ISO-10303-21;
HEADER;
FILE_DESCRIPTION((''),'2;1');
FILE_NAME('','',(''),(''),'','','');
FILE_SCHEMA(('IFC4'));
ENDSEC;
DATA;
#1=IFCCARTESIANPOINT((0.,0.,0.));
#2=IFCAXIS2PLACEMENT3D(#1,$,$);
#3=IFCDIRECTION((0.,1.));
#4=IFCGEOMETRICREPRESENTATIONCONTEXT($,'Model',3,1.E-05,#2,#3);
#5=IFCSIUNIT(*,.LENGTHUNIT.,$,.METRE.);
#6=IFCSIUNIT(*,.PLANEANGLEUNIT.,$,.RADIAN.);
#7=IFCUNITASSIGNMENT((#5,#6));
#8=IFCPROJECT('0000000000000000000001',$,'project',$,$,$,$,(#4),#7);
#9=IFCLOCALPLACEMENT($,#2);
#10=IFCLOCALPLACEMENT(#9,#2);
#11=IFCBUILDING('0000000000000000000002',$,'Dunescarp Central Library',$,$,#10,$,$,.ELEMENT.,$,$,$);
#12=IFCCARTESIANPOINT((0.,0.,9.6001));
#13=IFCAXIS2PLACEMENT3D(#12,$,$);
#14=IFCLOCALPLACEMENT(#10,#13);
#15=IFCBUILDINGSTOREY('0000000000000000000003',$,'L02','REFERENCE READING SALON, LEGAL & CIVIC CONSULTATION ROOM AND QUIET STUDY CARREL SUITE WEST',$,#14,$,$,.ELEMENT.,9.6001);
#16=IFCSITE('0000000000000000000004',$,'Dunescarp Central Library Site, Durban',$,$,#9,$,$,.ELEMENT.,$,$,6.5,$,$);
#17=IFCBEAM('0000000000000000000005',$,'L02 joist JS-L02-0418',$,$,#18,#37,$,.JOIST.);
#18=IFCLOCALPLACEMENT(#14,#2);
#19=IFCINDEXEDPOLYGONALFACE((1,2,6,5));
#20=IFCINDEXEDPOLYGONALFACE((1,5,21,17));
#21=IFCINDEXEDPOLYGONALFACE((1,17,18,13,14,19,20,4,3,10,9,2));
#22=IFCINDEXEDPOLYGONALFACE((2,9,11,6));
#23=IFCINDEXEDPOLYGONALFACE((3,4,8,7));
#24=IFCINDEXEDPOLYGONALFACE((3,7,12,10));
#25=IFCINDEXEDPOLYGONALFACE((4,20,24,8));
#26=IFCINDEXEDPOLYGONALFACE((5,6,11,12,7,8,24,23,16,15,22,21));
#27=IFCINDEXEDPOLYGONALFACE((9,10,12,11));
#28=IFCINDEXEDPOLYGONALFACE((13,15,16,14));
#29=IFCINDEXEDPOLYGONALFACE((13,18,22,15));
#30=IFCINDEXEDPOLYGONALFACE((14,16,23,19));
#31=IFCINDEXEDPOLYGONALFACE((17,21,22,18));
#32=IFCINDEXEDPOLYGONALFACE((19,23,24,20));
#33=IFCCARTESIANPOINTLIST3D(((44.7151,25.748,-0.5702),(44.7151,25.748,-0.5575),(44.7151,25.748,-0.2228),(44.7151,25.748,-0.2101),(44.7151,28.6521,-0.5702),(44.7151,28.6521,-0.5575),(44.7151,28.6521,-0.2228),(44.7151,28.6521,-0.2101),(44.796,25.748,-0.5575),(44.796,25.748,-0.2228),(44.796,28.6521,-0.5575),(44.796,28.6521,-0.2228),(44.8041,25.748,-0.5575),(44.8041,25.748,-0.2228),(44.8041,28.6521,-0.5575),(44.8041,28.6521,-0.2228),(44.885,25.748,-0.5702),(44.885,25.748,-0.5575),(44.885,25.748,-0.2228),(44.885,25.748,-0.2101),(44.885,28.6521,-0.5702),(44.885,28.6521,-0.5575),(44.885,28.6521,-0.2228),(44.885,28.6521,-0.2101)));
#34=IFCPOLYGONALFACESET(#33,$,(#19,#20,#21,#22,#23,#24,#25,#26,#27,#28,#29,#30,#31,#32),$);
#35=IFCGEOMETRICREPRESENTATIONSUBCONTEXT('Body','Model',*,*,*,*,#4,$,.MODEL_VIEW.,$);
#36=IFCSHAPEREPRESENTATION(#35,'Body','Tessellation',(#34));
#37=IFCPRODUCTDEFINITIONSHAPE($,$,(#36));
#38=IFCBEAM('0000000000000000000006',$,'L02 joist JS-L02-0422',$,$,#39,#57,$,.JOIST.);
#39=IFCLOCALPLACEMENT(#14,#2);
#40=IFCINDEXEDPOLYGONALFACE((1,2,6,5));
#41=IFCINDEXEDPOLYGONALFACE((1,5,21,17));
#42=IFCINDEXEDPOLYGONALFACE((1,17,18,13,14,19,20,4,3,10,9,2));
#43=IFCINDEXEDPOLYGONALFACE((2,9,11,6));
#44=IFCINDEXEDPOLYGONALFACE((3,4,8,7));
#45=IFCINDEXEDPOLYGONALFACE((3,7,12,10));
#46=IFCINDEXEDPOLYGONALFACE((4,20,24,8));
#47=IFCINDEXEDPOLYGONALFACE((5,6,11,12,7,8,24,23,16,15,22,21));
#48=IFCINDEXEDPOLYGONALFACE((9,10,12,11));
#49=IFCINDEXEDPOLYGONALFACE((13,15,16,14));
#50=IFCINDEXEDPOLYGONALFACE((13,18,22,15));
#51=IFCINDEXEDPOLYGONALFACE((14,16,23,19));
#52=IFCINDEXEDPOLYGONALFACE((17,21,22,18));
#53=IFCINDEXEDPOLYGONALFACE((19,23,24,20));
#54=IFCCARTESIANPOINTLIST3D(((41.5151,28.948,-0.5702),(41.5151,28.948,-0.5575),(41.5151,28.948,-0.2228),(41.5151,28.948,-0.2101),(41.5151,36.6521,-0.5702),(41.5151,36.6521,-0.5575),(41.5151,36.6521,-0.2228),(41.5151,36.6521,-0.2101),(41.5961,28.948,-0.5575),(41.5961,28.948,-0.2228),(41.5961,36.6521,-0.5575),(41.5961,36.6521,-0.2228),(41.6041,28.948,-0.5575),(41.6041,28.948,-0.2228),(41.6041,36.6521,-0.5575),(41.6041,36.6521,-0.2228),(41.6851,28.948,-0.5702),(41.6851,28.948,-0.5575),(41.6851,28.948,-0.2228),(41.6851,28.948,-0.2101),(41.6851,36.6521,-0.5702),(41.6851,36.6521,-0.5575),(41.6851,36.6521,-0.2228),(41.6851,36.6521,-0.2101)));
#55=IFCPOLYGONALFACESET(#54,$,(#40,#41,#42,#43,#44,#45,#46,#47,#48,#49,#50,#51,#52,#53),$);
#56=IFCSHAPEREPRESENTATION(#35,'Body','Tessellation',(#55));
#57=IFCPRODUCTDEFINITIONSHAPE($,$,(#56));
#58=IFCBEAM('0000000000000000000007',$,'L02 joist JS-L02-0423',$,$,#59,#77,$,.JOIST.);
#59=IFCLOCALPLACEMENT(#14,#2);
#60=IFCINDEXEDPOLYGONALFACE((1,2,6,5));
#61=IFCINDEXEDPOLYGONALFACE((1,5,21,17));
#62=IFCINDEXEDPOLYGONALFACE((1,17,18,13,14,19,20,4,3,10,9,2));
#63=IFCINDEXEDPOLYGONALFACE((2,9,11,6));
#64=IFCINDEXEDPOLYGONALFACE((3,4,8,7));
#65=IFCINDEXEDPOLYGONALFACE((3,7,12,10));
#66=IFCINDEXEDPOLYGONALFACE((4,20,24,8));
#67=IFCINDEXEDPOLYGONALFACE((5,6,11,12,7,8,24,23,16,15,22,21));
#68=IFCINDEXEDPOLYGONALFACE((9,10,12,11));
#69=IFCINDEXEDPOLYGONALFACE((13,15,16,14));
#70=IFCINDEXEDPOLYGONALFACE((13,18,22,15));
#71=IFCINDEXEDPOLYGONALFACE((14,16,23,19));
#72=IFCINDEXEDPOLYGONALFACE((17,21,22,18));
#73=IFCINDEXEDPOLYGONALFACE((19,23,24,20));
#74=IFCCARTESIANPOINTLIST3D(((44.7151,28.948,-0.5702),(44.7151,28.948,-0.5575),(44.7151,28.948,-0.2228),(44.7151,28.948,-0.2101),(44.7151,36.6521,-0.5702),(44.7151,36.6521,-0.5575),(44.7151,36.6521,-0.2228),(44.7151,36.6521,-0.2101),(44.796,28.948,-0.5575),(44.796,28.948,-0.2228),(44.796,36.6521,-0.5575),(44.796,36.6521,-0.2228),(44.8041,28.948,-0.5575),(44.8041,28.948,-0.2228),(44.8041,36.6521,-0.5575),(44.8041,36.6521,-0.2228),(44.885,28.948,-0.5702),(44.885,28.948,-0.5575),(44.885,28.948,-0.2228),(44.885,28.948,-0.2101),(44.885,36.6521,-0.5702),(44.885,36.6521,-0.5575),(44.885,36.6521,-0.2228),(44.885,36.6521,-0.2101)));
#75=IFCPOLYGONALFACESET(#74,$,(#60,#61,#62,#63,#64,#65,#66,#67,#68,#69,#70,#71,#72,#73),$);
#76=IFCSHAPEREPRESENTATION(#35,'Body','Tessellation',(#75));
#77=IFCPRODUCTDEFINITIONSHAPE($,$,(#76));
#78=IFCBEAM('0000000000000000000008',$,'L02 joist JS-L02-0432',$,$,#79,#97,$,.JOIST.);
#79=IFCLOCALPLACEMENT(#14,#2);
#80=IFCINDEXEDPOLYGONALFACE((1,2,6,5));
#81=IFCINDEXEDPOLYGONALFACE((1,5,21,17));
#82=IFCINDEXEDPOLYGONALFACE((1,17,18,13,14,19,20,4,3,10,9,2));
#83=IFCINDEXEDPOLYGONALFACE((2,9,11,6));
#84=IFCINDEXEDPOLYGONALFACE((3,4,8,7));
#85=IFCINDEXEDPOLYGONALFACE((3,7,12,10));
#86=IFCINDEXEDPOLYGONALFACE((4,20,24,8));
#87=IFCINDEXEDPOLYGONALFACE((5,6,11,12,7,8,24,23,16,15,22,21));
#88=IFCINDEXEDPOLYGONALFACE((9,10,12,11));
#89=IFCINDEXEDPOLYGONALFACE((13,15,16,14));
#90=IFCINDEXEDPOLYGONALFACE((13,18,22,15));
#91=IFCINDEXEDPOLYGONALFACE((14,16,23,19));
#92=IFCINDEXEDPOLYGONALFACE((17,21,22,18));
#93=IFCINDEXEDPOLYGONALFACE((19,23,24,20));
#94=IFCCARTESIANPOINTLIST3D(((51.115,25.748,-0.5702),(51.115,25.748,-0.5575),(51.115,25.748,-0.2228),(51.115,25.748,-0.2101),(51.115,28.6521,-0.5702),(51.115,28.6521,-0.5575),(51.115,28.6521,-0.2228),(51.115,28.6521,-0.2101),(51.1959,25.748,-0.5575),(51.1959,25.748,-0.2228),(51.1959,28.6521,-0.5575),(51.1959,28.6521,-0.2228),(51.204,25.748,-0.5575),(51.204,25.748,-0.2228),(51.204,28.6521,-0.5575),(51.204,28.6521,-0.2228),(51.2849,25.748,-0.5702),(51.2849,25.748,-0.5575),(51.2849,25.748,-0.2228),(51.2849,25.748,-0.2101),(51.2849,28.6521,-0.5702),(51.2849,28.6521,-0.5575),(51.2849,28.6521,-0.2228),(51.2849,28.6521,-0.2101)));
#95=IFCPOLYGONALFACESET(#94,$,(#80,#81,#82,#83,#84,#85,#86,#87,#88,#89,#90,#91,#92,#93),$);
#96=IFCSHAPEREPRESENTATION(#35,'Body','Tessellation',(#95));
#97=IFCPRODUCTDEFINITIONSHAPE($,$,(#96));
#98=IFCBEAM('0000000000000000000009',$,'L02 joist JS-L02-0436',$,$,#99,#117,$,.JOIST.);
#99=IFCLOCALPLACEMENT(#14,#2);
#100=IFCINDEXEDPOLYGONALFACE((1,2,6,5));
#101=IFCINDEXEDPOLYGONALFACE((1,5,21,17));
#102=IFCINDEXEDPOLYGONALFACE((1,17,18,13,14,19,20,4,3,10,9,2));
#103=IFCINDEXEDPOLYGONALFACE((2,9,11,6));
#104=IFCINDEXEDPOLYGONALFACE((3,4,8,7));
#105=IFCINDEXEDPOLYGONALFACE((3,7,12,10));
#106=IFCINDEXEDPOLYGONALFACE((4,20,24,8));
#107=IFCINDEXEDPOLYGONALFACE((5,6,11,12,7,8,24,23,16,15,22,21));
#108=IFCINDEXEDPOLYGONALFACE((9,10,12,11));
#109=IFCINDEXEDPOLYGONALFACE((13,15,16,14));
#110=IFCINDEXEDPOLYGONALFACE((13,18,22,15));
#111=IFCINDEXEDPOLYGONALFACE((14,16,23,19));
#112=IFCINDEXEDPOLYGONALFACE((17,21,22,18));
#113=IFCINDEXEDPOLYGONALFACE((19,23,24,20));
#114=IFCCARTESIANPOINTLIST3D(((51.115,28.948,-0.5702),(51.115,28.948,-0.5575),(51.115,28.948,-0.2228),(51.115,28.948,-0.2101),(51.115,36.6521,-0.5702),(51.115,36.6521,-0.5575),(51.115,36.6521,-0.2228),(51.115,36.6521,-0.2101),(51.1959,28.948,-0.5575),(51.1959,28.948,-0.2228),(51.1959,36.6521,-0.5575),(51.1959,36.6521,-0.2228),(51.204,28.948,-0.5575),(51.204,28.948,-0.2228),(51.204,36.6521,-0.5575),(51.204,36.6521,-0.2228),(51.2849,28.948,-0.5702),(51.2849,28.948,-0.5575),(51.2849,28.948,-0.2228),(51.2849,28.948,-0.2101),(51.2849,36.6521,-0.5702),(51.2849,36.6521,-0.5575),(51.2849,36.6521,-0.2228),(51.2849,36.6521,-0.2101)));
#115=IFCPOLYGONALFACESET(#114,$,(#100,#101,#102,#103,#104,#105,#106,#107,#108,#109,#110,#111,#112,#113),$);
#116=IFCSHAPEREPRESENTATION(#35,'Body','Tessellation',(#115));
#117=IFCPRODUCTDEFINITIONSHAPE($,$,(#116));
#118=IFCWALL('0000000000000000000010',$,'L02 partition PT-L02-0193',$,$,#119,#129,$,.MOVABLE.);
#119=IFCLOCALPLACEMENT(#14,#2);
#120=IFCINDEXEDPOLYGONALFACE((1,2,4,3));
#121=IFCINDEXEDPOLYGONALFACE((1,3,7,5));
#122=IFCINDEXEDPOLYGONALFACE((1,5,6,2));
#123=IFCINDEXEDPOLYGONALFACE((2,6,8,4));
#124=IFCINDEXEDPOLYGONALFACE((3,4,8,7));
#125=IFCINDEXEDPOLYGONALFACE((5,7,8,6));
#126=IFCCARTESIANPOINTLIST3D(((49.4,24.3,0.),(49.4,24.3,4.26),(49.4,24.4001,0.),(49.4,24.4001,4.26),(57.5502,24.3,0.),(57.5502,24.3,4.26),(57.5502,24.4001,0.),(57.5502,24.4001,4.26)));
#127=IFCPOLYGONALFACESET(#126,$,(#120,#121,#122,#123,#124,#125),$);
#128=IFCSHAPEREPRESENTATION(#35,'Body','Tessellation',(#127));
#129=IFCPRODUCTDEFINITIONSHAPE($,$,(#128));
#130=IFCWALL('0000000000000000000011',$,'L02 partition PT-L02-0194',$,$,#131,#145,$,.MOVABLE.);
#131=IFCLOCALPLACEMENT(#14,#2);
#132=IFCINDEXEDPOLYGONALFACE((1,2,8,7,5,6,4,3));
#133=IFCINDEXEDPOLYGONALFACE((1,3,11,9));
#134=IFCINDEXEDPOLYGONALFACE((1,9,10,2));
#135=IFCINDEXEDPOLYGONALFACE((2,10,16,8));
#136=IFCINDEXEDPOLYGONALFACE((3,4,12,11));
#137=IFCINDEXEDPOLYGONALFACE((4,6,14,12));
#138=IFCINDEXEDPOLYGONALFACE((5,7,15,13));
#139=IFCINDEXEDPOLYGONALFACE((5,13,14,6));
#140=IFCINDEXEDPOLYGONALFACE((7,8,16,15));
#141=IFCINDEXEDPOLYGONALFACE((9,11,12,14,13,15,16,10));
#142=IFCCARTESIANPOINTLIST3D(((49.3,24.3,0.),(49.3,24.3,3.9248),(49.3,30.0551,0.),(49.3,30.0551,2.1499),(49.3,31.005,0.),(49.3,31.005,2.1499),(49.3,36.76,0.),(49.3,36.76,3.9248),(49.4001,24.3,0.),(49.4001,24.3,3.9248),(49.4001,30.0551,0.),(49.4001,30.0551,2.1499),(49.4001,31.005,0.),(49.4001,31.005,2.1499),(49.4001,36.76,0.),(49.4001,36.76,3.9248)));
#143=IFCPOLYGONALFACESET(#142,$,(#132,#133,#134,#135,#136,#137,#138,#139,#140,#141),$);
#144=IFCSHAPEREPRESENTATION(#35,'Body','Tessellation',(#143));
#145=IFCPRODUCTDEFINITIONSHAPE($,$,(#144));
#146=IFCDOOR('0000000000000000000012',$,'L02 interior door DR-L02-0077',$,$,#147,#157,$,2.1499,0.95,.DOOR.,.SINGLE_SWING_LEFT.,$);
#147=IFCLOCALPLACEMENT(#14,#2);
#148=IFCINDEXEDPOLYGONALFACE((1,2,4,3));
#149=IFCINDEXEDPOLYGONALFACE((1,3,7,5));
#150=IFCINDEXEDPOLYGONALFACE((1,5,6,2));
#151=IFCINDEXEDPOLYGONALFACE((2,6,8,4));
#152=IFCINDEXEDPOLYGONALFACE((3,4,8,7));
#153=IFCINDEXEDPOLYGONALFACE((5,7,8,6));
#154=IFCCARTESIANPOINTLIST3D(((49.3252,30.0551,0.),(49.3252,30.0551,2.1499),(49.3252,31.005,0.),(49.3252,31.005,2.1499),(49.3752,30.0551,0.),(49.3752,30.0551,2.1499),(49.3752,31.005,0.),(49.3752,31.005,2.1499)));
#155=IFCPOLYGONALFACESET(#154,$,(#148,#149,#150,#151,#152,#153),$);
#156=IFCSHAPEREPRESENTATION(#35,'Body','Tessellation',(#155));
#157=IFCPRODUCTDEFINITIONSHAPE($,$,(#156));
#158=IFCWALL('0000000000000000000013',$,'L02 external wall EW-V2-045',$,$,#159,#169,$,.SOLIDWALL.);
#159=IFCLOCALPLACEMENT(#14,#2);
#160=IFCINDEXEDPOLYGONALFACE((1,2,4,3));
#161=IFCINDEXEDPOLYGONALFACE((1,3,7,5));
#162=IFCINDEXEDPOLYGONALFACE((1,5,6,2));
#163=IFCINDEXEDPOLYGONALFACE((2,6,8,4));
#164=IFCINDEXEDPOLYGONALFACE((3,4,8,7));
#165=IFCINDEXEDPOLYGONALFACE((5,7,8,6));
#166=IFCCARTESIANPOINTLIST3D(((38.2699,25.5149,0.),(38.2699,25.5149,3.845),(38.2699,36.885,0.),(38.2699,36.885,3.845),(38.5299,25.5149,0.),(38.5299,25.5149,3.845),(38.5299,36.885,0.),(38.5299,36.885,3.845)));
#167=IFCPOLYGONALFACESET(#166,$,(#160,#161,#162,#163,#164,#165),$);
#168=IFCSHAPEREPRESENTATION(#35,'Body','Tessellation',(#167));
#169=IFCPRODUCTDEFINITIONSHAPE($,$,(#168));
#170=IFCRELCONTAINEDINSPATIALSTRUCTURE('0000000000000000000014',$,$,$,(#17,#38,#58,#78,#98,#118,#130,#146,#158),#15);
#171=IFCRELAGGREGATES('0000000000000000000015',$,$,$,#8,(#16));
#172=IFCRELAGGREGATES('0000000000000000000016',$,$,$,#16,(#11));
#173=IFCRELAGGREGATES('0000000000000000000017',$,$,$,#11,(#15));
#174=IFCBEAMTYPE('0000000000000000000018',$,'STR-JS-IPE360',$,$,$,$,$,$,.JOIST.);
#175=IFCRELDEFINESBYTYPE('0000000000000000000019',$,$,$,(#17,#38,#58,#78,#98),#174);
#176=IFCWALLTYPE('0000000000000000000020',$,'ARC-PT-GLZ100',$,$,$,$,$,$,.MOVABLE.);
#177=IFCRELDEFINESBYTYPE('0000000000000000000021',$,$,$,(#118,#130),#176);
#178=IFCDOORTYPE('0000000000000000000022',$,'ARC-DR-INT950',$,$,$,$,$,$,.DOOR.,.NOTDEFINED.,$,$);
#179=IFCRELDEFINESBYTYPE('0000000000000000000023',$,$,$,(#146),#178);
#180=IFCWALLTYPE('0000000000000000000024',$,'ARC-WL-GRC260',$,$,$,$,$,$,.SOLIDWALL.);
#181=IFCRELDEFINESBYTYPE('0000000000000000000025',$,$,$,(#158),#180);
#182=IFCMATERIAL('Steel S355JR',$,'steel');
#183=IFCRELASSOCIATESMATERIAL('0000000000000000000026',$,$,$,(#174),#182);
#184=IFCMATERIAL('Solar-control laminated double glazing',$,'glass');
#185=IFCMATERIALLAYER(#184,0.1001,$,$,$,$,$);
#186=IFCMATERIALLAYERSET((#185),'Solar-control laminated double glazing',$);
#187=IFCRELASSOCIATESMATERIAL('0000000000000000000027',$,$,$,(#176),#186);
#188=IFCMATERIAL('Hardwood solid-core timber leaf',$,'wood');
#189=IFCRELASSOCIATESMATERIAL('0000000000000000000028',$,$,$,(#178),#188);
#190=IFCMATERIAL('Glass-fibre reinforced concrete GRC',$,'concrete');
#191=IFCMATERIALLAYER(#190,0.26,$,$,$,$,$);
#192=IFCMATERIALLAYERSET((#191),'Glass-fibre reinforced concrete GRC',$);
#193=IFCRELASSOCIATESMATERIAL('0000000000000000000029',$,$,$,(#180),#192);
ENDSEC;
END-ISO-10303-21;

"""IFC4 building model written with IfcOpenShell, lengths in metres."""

from ifc_helpers import new_model, si_unit, direction, frame, frame_2d, origin, origin_2d, place, context, subcontext, project, spatial, rectangle, i_section, extrude, material, layer, layer_set, material_profile, profile_set, type_object, element, fill, save


model = new_model("IFC4")

# Units and contexts
model_context = context("Model", 3, precision=1e-05, world=origin(), true_north=direction((0.0, 1.0)))
body_context = subcontext(model_context, "Body", "Model", "MODEL_VIEW")
ifc_project = project(units=[si_unit("LENGTHUNIT", "METRE"), si_unit("PLANEANGLEUNIT", "RADIAN")], contexts=[model_context])

# Site, building, storey
site_placement = place(None, origin())
site = spatial("IfcSite", under=ifc_project, at=site_placement, Name="Dunescarp Central Library Site, Durban", CompositionType="ELEMENT", RefElevation=6.5)
building_placement = place(site_placement, origin())
building = spatial("IfcBuilding", under=site, at=building_placement, Name="Dunescarp Central Library", CompositionType="ELEMENT")
storey_placement = place(building_placement, frame((0.0, 0.0, 9.6001)))
storey = spatial("IfcBuildingStorey", under=building, at=storey_placement, Name="L02", Description="REFERENCE READING SALON, LEGAL & CIVIC CONSULTATION ROOM AND QUIET STUDY CARREL SUITE WEST", CompositionType="ELEMENT", Elevation=9.6001)

# Shared definitions
ifc_material_1 = material(Name="Steel S355JR", Category="steel")

# Beams
ifc_material_profile_1 = material_profile(ifc_material_1, i_section(OverallWidth=0.1699, OverallDepth=0.3601, WebThickness=0.0081, FlangeThickness=0.0127, at=origin_2d()), Name="IPE 360")
ifc_profile_set_1 = profile_set([ifc_material_profile_1], Name="Steel S355JR")
beam_type_1 = type_object("IfcBeamType", Name="STR-JS-IPE360", PredefinedType="JOIST", material=ifc_profile_set_1)
for number, where, z_axis, x_axis, name in (
    (1, (44.8, 25.748, -0.3901), (0.0, 1.0, 0.0), (-1.0, 0.0, 0.0), "L02 joist JS-L02-0418"),
):
    element("IfcBeam", number, at=place(storey_placement, frame(where, z_axis=z_axis, x_axis=x_axis)), inside=storey, type_object=beam_type_1, Name=name, PredefinedType="JOIST", context=body_context, shape_type="SweptSolid", body=[
        extrude(i_section(OverallWidth=0.1699, OverallDepth=0.3601, WebThickness=0.0081, FlangeThickness=0.0127, at=origin_2d()), origin(), (0.0, 0.0, 1.0), 2.9041),
    ])
for number, where, z_axis, x_axis, name in (
    (2, (41.6001, 28.948, -0.3901), (0.0, 1.0, 0.0), (-1.0, 0.0, 0.0), "L02 joist JS-L02-0422"),
    (3, (44.8, 28.948, -0.3901), (0.0, 1.0, 0.0), (-1.0, 0.0, 0.0), "L02 joist JS-L02-0423"),
):
    element("IfcBeam", number, at=place(storey_placement, frame(where, z_axis=z_axis, x_axis=x_axis)), inside=storey, type_object=beam_type_1, Name=name, PredefinedType="JOIST", context=body_context, shape_type="SweptSolid", body=[
        extrude(i_section(OverallWidth=0.1699, OverallDepth=0.3601, WebThickness=0.0081, FlangeThickness=0.0127, at=origin_2d()), origin(), (0.0, 0.0, 1.0), 7.7041),
    ])
beam_1_placement = place(storey_placement, frame((51.2, 25.748, -0.3901), z_axis=(0.0, 1.0, 0.0), x_axis=(-1.0, 0.0, 0.0)))
element("IfcBeam", 4, at=beam_1_placement, inside=storey, type_object=beam_type_1, Name="L02 joist JS-L02-0432", PredefinedType="JOIST", context=body_context, shape_type="SweptSolid", body=[
    extrude(i_section(OverallWidth=0.1699, OverallDepth=0.3601, WebThickness=0.0081, FlangeThickness=0.0127, at=origin_2d()), origin(), (0.0, 0.0, 1.0), 2.9041),
])
beam_2_placement = place(storey_placement, frame((51.2, 28.948, -0.3901), z_axis=(0.0, 1.0, 0.0), x_axis=(-1.0, 0.0, 0.0)))
element("IfcBeam", 5, at=beam_2_placement, inside=storey, type_object=beam_type_1, Name="L02 joist JS-L02-0436", PredefinedType="JOIST", context=body_context, shape_type="SweptSolid", body=[
    extrude(i_section(OverallWidth=0.1699, OverallDepth=0.3601, WebThickness=0.0081, FlangeThickness=0.0127, at=origin_2d()), origin(), (0.0, 0.0, 1.0), 7.7041),
])

# Wall
ifc_material_2 = material(Name="Solar-control laminated double glazing", Category="glass")
ifc_layer_1 = layer(ifc_material_2, 0.1001)
ifc_layer_set_1 = layer_set([ifc_layer_1], Name="Solar-control laminated double glazing")
wall_type_1 = type_object("IfcWallType", Name="ARC-PT-GLZ100", PredefinedType="MOVABLE", material=ifc_layer_set_1)
wall_1_placement = place(storey_placement, frame((49.3999, 24.3501, 0.0), z_axis=(0.0, 0.0, 1.0), x_axis=(1.0, 0.0, 0.0)))
element("IfcWall", 6, at=wall_1_placement, inside=storey, type_object=wall_type_1, Name="L02 partition PT-L02-0193", PredefinedType="MOVABLE", context=body_context, shape_type="SweptSolid", body=[
    extrude(rectangle(XDim=8.1501, YDim=0.1001, at=frame_2d((4.0752, 0.0))), origin(), (0.0, 0.0, 1.0), 4.26),
])

# Wall, opening, door
wall_2_placement = place(storey_placement, frame((49.3501, 24.3, 0.0), z_axis=(0.0, 0.0, 1.0), x_axis=(0.0, 1.0, 0.0)))
wall_2 = element("IfcWall", 7, at=wall_2_placement, inside=storey, type_object=wall_type_1, Name="L02 partition PT-L02-0194", PredefinedType="MOVABLE", context=body_context, shape_type="SweptSolid", body=[
    extrude(rectangle(XDim=12.46, YDim=0.1001, at=frame_2d((6.23, 0.0))), origin(), (0.0, 0.0, 1.0), 3.9248),
])
opening_placement = place(wall_2_placement, frame((5.7549, 0.0, 0.0)))
opening = element("IfcOpeningElement", 8, at=opening_placement, cuts=wall_2, PredefinedType="OPENING", context=body_context, shape_type="SweptSolid", body=[
    extrude(rectangle(XDim=0.95, YDim=2.1499, at=frame_2d((0.4751, 1.075))), frame((0.0, 0.0601, 0.0), z_axis=(0.0, -1.0, 0.0), x_axis=(1.0, 0.0, 0.0)), (0.0, 0.0, 1.0), 0.1201),
])
ifc_material_3 = material(Name="Hardwood solid-core timber leaf", Category="wood")
door_type = type_object("IfcDoorType", Name="ARC-DR-INT950", OperationType="NOTDEFINED", PredefinedType="DOOR", material=ifc_material_3)
door_placement = place(opening_placement, origin())
door = element("IfcDoor", 9, at=door_placement, inside=storey, type_object=door_type, Name="L02 interior door DR-L02-0077", OperationType="SINGLE_SWING_LEFT", OverallHeight=2.1499, OverallWidth=0.95, PredefinedType="DOOR", context=body_context, shape_type="SweptSolid", body=[
    extrude(rectangle(XDim=0.95, YDim=2.1499, at=frame_2d((0.4751, 1.075))), frame((0.0, 0.0249, 0.0), z_axis=(0.0, -1.0, 0.0), x_axis=(1.0, 0.0, 0.0)), (0.0, 0.0, 1.0), 0.05),
])
fill(opening, door)

# Wall
ifc_material_4 = material(Name="Glass-fibre reinforced concrete GRC", Category="concrete")
ifc_layer_2 = layer(ifc_material_4, 0.26)
ifc_layer_set_2 = layer_set([ifc_layer_2], Name="Glass-fibre reinforced concrete GRC")
wall_type_2 = type_object("IfcWallType", Name="ARC-WL-GRC260", PredefinedType="SOLIDWALL", material=ifc_layer_set_2)
wall_3_placement = place(storey_placement, frame((38.3999, 25.5149, 0.0), z_axis=(0.0, 0.0, 1.0), x_axis=(0.0, 1.0, 0.0)))
element("IfcWall", 10, at=wall_3_placement, inside=storey, type_object=wall_type_2, Name="L02 external wall EW-V2-045", PredefinedType="SOLIDWALL", context=body_context, shape_type="SweptSolid", body=[
    extrude(rectangle(XDim=11.3701, YDim=0.26, at=frame_2d((5.6851, 0.0))), origin(), (0.0, 0.0, 1.0), 3.845),
])

save(model, "model.ifc")
